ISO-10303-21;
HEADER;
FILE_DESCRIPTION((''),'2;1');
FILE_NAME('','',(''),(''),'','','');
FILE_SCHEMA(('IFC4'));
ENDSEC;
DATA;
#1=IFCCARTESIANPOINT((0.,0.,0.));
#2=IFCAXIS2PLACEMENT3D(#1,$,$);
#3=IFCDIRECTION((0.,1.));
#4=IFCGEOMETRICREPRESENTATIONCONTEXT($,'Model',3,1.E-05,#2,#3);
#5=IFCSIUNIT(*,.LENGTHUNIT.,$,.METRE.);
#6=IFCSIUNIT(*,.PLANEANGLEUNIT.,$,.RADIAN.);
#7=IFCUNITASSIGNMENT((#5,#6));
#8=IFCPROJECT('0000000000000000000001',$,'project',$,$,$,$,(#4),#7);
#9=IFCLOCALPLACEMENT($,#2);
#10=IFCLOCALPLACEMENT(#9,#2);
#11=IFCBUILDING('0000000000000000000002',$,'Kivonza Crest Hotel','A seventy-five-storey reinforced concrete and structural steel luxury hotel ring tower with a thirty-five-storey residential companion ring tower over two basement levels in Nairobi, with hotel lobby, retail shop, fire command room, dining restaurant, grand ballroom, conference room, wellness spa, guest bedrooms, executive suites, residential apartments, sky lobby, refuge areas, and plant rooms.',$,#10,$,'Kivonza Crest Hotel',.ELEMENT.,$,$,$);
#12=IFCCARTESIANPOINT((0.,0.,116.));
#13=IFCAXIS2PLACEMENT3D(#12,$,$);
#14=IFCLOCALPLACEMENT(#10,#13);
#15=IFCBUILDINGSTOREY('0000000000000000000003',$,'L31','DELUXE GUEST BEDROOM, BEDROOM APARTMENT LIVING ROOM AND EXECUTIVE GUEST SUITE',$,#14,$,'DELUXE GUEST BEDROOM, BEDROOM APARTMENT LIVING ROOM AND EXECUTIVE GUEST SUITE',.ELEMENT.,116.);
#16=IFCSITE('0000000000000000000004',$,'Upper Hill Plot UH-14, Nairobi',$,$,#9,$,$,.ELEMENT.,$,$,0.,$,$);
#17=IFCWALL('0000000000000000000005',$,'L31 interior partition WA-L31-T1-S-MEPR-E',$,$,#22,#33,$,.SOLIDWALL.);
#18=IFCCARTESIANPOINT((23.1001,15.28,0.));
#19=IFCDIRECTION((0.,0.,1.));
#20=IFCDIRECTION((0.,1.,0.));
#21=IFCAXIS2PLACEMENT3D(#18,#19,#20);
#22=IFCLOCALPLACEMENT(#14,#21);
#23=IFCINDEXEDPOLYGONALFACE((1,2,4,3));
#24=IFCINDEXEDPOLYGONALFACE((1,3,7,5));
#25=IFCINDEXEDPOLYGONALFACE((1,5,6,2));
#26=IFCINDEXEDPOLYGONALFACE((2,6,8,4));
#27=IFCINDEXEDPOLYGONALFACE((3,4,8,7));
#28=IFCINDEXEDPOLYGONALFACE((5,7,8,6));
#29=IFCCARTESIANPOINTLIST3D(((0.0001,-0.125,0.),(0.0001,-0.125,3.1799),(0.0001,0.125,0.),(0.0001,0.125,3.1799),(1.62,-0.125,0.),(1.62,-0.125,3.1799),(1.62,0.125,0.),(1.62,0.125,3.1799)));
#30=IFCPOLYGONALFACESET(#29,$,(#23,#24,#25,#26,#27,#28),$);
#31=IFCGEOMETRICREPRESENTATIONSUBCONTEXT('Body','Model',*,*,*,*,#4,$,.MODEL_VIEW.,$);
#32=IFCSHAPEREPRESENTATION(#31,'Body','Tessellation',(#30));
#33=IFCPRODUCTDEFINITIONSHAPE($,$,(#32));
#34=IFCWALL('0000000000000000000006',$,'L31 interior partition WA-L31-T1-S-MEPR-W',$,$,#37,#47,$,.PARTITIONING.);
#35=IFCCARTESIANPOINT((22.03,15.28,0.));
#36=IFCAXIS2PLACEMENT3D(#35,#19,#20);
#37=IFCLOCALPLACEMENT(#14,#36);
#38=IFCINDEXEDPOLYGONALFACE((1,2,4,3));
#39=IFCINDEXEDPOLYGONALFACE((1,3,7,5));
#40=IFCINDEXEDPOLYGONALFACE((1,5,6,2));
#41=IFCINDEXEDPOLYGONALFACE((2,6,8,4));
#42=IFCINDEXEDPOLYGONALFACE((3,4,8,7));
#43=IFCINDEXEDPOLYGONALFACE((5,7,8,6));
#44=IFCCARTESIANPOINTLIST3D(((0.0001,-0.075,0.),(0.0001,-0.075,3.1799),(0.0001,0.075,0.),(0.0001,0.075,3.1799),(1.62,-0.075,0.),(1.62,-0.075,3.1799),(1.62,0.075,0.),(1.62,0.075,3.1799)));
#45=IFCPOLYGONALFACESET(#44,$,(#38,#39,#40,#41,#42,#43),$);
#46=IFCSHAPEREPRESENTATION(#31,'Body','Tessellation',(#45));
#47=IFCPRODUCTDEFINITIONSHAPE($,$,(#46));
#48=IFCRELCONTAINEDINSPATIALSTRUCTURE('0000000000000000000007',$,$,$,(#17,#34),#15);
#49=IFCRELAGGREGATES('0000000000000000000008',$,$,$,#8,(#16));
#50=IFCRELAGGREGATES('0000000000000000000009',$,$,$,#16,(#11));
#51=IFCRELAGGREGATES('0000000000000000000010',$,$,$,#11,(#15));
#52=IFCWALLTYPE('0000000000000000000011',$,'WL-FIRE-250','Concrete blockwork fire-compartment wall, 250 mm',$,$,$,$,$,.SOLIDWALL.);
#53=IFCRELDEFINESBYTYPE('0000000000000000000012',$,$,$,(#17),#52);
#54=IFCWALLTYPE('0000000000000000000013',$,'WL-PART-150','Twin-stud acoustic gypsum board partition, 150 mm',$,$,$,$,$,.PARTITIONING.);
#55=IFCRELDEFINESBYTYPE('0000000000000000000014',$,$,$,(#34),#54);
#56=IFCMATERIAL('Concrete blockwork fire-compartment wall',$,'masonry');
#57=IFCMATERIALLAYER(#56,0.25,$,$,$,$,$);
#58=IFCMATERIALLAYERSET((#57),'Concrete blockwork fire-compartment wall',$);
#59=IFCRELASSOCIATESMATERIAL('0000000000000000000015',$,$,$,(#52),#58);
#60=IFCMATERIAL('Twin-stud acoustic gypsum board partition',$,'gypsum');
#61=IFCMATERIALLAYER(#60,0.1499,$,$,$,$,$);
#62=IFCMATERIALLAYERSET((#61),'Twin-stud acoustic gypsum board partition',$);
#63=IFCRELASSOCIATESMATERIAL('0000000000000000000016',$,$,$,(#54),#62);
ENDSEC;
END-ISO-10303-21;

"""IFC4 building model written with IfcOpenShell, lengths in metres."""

from ifc_helpers import new_model, si_unit, direction, frame, frame_2d, origin, place, context, subcontext, project, spatial, rectangle, extrude, material, layer, layer_set, type_object, element, save


model = new_model("IFC4")

# Units and contexts
model_context = context("Model", 3, precision=1e-05, world=origin(), true_north=direction((0.0, 1.0)))
body_context = subcontext(model_context, "Body", "Model", "MODEL_VIEW")
ifc_project = project(units=[si_unit("LENGTHUNIT", "METRE"), si_unit("PLANEANGLEUNIT", "RADIAN")], contexts=[model_context])

# Site, building, storey
site_placement = place(None, origin())
site = spatial("IfcSite", under=ifc_project, at=site_placement, Name="Upper Hill Plot UH-14, Nairobi", CompositionType="ELEMENT", RefElevation=0.0)
building_placement = place(site_placement, origin())
building = spatial("IfcBuilding", under=site, at=building_placement, Name="Kivonza Crest Hotel", Description="A seventy-five-storey reinforced concrete and structural steel luxury hotel ring tower with a thirty-five-storey residential companion ring tower over two basement levels in Nairobi, with hotel lobby, retail shop, fire command room, dining restaurant, grand ballroom, conference room, wellness spa, guest bedrooms, executive suites, residential apartments, sky lobby, refuge areas, and plant rooms.", LongName="Kivonza Crest Hotel", CompositionType="ELEMENT")
storey_placement = place(building_placement, frame((0.0, 0.0, 116.0)))
storey = spatial("IfcBuildingStorey", under=building, at=storey_placement, Name="L31", Description="DELUXE GUEST BEDROOM, BEDROOM APARTMENT LIVING ROOM AND EXECUTIVE GUEST SUITE", LongName="DELUXE GUEST BEDROOM, BEDROOM APARTMENT LIVING ROOM AND EXECUTIVE GUEST SUITE", CompositionType="ELEMENT", Elevation=116.0)

# Walls
ifc_material_1 = material(Name="Concrete blockwork fire-compartment wall", Category="masonry")
ifc_layer_1 = layer(ifc_material_1, 0.25)
ifc_layer_set_1 = layer_set([ifc_layer_1], Name="Concrete blockwork fire-compartment wall")
wall_type_1 = type_object("IfcWallType", Name="WL-FIRE-250", Description="Concrete blockwork fire-compartment wall, 250 mm", PredefinedType="SOLIDWALL", material=ifc_layer_set_1)
wall_1_placement = place(storey_placement, frame((23.1001, 15.28, 0.0), z_axis=(0.0, 0.0, 1.0), x_axis=(0.0, 1.0, 0.0)))
element("IfcWall", 1, at=wall_1_placement, inside=storey, type_object=wall_type_1, Name="L31 interior partition WA-L31-T1-S-MEPR-E", PredefinedType="SOLIDWALL", context=body_context, shape_type="SweptSolid", body=[
    extrude(rectangle(XDim=1.6199, YDim=0.25, at=frame_2d((0.8101, 0.0))), origin(), (0.0, 0.0, 1.0), 3.1799),
])
ifc_material_2 = material(Name="Twin-stud acoustic gypsum board partition", Category="gypsum")
ifc_layer_2 = layer(ifc_material_2, 0.1499)
ifc_layer_set_2 = layer_set([ifc_layer_2], Name="Twin-stud acoustic gypsum board partition")
wall_type_2 = type_object("IfcWallType", Name="WL-PART-150", Description="Twin-stud acoustic gypsum board partition, 150 mm", PredefinedType="PARTITIONING", material=ifc_layer_set_2)
wall_2_placement = place(storey_placement, frame((22.03, 15.28, 0.0), z_axis=(0.0, 0.0, 1.0), x_axis=(0.0, 1.0, 0.0)))
element("IfcWall", 2, at=wall_2_placement, inside=storey, type_object=wall_type_2, Name="L31 interior partition WA-L31-T1-S-MEPR-W", PredefinedType="PARTITIONING", context=body_context, shape_type="SweptSolid", body=[
    extrude(rectangle(XDim=1.6199, YDim=0.1499, at=frame_2d((0.8101, 0.0))), origin(), (0.0, 0.0, 1.0), 3.1799),
])

save(model, "model.ifc")
